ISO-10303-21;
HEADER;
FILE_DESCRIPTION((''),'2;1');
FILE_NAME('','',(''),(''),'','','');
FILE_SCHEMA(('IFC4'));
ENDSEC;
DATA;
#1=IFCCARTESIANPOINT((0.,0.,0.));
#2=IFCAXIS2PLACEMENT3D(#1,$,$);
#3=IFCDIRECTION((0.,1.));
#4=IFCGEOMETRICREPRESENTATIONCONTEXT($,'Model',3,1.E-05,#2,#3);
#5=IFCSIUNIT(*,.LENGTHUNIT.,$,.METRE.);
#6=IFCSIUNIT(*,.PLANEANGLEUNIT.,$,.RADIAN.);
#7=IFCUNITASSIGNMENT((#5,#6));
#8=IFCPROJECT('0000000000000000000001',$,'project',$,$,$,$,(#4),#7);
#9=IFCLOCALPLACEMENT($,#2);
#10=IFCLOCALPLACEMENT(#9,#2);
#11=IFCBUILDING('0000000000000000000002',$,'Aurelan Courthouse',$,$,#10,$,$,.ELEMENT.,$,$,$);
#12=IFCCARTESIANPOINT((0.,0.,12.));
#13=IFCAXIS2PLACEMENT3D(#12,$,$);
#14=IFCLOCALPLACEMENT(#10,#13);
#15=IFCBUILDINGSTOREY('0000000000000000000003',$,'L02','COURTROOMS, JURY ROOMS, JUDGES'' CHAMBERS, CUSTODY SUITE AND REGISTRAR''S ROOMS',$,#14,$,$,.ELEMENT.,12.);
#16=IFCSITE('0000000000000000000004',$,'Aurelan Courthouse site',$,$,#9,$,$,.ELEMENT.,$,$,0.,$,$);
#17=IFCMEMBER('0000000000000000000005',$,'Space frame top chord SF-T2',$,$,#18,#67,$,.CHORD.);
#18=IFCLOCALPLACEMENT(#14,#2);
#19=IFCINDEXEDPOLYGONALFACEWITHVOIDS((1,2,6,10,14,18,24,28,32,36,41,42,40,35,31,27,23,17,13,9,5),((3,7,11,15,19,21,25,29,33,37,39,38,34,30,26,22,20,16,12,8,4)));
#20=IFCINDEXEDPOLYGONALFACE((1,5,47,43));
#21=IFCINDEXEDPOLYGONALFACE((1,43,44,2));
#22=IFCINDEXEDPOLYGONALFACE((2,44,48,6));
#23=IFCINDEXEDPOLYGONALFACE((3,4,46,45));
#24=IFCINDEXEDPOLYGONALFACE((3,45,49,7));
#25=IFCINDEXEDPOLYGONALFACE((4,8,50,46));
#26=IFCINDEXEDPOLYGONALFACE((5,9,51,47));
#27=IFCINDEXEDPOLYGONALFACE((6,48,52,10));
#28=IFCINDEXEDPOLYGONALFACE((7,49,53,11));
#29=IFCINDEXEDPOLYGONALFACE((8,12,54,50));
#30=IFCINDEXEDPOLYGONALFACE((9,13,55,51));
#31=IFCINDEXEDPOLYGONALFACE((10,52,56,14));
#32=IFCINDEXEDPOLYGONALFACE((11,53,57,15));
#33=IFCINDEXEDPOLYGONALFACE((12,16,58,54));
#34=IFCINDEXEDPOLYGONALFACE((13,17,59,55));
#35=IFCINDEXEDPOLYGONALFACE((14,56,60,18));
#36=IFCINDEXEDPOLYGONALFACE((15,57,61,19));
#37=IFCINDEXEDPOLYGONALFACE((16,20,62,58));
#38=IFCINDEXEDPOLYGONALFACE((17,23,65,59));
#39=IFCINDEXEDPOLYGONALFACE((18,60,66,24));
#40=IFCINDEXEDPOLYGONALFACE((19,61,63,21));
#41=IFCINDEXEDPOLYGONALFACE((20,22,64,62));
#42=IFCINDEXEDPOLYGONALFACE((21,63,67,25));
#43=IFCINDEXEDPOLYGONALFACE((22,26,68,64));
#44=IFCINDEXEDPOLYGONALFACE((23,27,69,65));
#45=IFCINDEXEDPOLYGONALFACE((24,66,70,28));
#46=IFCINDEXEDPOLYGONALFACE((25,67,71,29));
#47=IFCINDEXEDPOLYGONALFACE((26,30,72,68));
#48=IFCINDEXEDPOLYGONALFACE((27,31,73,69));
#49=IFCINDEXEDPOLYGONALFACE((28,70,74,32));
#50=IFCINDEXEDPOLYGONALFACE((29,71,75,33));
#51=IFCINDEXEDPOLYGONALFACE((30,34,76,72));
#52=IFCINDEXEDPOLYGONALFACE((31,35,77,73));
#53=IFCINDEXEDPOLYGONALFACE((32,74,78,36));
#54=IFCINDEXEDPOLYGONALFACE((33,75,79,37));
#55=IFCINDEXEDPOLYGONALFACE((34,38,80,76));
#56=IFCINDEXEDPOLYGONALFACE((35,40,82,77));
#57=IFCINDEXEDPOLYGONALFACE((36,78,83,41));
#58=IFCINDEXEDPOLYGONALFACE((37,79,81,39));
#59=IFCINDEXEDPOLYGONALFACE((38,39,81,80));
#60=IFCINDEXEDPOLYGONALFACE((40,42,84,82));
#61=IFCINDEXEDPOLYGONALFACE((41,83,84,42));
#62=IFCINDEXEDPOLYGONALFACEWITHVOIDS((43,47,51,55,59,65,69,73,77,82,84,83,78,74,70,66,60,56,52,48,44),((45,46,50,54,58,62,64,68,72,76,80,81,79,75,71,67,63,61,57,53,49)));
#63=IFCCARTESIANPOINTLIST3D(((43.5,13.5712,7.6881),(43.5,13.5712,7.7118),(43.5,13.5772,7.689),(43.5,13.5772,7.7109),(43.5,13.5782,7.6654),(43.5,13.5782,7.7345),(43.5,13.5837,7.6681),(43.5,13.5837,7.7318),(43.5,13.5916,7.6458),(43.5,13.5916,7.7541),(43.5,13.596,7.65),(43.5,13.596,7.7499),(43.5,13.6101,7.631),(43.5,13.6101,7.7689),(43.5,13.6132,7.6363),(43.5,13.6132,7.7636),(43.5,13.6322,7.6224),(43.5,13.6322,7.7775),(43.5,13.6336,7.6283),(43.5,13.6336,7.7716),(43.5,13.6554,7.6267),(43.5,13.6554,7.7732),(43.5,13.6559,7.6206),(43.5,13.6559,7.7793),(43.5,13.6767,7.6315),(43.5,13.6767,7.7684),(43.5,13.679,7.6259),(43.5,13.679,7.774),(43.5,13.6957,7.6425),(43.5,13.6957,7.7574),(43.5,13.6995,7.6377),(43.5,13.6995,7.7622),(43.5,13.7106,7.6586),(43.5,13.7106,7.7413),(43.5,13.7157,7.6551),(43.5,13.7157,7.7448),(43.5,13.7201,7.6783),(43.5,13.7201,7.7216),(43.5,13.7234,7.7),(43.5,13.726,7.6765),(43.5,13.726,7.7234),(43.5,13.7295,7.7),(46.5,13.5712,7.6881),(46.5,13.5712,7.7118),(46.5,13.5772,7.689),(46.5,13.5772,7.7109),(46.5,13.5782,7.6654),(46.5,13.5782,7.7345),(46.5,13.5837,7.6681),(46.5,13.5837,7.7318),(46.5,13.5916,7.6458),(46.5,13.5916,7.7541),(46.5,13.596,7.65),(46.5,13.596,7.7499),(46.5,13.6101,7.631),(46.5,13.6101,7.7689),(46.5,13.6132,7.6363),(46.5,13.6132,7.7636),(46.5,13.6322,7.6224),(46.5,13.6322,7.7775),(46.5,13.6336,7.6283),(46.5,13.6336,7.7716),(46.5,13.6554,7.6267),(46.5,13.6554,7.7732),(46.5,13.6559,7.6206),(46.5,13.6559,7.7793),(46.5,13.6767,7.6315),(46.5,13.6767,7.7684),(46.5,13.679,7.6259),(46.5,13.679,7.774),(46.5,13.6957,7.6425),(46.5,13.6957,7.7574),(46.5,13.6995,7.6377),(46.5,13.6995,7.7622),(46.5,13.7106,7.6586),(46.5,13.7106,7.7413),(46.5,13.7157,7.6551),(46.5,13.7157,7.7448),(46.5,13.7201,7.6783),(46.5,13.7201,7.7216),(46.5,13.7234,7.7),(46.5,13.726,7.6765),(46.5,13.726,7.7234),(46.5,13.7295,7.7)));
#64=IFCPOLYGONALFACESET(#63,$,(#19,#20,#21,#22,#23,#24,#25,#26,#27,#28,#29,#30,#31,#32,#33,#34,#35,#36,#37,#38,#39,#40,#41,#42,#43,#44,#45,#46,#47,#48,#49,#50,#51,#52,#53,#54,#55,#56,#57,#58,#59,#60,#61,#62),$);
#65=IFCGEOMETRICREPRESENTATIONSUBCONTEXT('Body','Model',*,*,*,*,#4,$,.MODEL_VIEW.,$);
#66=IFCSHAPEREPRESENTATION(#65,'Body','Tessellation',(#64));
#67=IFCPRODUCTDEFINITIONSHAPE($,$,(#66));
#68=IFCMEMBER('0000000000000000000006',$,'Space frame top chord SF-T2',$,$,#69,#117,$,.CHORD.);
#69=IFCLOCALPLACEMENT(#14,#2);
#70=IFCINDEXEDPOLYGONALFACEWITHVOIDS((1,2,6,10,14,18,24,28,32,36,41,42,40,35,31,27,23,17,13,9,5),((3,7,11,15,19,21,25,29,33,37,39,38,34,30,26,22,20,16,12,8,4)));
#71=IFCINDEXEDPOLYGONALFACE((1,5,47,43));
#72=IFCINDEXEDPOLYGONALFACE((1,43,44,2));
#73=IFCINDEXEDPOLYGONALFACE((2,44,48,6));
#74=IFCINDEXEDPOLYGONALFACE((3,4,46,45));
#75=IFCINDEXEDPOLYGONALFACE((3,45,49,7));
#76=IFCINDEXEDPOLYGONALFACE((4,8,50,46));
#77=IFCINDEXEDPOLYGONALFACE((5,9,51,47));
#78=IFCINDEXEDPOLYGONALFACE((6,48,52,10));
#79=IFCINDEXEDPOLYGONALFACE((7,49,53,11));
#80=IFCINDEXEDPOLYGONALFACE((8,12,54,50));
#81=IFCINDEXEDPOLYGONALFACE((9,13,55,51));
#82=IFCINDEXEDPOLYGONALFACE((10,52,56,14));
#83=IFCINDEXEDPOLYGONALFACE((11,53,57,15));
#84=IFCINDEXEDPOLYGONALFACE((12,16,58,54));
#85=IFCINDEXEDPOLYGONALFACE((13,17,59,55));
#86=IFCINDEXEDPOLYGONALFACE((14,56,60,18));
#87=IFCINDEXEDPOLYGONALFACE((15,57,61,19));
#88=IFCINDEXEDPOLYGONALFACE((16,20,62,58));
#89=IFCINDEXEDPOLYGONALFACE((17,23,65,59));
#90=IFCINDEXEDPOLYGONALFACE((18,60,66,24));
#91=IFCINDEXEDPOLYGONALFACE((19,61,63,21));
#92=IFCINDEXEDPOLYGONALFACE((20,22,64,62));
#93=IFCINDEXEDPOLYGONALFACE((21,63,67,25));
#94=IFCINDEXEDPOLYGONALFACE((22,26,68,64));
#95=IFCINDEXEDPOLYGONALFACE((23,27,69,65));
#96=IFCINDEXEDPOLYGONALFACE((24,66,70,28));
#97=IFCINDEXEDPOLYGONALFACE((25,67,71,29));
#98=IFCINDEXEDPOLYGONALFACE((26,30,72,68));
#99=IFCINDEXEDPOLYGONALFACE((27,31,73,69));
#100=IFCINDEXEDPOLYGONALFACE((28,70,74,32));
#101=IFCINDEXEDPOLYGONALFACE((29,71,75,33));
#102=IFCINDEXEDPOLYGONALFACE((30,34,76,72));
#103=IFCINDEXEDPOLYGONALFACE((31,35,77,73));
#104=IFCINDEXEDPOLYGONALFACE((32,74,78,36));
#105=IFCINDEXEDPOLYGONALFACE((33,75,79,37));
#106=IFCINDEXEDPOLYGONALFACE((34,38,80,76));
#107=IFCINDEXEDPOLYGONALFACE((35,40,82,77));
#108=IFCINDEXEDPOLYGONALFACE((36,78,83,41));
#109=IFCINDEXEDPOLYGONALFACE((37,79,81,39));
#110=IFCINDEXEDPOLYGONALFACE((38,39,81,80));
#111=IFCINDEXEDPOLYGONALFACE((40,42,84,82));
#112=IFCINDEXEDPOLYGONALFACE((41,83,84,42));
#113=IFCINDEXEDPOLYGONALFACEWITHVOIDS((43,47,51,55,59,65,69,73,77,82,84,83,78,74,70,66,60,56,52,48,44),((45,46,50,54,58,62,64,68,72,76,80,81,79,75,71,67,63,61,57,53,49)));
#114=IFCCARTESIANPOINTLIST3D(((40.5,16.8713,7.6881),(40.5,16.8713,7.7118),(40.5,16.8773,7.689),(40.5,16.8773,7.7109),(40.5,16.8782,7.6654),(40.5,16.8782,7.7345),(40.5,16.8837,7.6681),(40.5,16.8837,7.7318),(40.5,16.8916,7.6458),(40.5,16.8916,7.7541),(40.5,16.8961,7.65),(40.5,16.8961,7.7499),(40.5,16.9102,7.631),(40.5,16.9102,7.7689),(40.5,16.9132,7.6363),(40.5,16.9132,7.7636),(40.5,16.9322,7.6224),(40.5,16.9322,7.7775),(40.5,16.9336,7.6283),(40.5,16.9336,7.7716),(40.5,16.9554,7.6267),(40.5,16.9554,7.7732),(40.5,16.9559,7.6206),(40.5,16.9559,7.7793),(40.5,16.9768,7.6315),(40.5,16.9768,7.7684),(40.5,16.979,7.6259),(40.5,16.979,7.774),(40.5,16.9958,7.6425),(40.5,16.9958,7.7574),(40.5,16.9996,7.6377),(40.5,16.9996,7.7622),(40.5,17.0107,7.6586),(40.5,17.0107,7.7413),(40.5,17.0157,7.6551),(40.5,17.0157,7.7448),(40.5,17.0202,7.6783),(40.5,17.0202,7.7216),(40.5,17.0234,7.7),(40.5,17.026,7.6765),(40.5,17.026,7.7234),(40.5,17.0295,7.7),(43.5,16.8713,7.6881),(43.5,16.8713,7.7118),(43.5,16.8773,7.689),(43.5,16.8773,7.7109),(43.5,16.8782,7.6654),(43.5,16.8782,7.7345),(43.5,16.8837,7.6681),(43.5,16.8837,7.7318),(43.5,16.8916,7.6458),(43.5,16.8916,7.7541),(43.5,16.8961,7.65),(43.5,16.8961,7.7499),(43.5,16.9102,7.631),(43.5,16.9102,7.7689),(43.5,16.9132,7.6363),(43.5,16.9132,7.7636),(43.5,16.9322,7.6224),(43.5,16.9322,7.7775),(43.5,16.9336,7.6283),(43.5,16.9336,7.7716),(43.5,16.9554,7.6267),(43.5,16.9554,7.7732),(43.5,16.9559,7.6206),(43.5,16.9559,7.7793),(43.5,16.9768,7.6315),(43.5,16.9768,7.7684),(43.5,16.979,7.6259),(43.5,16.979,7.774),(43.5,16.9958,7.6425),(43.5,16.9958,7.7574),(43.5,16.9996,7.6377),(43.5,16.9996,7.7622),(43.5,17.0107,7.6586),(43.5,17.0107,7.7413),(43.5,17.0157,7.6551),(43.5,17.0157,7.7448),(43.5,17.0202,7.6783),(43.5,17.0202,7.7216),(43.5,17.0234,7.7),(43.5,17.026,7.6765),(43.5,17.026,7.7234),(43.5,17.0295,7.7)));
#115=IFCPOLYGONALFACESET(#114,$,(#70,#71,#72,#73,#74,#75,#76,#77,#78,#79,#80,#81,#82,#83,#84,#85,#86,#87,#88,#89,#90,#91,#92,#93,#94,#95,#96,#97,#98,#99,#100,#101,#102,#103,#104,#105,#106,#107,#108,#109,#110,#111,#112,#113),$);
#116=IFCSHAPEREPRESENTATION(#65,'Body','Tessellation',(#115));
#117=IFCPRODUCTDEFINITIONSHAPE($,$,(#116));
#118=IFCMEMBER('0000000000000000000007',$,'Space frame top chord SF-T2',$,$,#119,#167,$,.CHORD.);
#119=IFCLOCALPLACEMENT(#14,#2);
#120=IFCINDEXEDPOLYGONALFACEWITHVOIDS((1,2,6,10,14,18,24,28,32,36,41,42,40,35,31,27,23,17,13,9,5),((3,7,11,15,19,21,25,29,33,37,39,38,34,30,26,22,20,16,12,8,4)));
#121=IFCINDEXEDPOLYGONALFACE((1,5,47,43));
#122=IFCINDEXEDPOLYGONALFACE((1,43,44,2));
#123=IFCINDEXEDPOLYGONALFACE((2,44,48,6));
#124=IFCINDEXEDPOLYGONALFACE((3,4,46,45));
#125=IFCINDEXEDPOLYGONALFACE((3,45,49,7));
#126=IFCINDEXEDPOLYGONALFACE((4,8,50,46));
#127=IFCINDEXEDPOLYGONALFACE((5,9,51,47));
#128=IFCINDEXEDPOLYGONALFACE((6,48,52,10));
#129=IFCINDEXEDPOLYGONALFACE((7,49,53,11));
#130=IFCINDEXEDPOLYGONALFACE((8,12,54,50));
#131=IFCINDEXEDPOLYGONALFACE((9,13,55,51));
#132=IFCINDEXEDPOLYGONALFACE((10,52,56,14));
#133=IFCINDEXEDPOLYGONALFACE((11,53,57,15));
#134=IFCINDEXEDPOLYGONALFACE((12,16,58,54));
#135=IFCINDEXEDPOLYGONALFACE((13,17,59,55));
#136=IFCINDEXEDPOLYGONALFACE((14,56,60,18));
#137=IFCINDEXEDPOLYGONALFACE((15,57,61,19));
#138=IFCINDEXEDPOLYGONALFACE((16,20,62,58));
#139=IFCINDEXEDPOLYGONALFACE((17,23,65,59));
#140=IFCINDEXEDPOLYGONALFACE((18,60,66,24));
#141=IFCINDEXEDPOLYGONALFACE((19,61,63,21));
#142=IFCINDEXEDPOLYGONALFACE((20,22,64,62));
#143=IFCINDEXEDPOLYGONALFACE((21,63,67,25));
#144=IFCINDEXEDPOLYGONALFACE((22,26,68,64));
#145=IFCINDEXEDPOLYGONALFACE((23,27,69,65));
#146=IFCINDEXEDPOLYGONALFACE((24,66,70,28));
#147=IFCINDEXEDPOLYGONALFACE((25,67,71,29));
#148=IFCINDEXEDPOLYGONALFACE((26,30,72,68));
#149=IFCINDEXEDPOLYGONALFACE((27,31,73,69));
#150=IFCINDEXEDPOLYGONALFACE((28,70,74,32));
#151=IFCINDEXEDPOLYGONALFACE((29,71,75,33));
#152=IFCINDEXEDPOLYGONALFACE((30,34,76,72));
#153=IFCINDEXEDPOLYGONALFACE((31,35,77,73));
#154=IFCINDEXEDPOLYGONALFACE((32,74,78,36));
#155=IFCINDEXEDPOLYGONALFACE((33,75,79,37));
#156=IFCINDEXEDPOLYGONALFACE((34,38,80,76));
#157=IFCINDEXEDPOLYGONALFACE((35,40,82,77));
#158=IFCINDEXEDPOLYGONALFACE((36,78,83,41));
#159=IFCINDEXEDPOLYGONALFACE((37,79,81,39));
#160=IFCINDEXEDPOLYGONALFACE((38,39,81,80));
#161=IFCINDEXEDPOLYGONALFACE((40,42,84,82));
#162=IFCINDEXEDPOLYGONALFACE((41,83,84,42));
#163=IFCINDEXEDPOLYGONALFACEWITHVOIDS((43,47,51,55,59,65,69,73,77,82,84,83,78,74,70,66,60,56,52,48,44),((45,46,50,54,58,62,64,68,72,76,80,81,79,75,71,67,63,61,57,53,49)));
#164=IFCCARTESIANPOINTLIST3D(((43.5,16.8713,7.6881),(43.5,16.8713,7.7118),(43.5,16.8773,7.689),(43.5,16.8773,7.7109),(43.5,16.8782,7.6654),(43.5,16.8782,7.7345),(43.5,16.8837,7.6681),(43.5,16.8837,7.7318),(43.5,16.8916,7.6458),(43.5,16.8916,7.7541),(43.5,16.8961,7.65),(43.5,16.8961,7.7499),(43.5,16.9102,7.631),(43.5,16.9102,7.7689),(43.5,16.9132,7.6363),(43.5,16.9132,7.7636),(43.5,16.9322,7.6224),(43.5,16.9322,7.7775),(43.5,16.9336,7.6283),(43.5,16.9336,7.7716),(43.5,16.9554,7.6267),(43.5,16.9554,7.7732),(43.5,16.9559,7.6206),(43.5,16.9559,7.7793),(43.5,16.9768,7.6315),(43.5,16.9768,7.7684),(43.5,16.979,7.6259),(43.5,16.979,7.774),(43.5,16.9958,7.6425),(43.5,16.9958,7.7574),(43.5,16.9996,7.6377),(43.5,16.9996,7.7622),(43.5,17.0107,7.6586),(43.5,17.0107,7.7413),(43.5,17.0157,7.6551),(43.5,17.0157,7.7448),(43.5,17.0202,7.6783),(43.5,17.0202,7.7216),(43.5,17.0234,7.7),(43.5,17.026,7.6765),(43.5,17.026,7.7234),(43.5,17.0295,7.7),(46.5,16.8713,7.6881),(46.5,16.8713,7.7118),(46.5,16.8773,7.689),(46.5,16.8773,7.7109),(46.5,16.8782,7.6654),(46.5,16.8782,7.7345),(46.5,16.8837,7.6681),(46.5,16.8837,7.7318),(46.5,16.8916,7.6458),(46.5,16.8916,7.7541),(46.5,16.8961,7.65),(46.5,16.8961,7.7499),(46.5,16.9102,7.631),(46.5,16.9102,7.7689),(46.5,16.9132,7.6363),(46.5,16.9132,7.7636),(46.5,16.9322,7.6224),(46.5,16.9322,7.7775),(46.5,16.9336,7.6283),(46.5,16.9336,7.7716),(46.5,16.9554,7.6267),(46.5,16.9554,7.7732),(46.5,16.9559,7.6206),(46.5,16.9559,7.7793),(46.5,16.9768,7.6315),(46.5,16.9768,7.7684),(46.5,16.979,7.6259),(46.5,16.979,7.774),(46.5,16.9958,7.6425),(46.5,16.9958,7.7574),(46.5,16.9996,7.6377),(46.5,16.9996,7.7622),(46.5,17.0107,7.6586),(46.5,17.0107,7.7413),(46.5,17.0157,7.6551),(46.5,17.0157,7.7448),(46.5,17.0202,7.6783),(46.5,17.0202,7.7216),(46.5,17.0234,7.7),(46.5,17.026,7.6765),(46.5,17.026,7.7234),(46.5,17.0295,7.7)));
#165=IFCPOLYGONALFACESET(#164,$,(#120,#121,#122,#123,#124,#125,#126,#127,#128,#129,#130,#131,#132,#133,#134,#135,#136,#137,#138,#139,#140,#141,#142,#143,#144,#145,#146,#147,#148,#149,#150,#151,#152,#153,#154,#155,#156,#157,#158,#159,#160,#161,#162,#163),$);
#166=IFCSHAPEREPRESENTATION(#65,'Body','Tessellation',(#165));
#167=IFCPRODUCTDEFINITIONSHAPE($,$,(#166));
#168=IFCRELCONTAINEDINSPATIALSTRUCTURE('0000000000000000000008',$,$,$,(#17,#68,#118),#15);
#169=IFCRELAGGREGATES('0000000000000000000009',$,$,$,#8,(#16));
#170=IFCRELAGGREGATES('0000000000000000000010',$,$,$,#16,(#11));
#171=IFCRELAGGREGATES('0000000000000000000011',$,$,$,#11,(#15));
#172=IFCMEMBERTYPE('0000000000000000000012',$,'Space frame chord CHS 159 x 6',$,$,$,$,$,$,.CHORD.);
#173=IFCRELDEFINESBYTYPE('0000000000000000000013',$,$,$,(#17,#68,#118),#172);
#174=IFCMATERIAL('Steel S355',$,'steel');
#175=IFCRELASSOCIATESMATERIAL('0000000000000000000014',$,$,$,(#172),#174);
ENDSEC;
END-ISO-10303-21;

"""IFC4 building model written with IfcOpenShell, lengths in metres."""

from ifc_helpers import new_model, si_unit, direction, frame, origin, origin_2d, place, context, subcontext, project, spatial, hollow_circle, extrude, material, material_profile, profile_set, type_object, element, save


model = new_model("IFC4")

# Units and contexts
model_context = context("Model", 3, precision=1e-05, world=origin(), true_north=direction((0.0, 1.0)))
body_context = subcontext(model_context, "Body", "Model", "MODEL_VIEW")
ifc_project = project(units=[si_unit("LENGTHUNIT", "METRE"), si_unit("PLANEANGLEUNIT", "RADIAN")], contexts=[model_context])

# Site, building, storey
site_placement = place(None, origin())
site = spatial("IfcSite", under=ifc_project, at=site_placement, Name="Aurelan Courthouse site", CompositionType="ELEMENT", RefElevation=0.0)
building_placement = place(site_placement, origin())
building = spatial("IfcBuilding", under=site, at=building_placement, Name="Aurelan Courthouse", CompositionType="ELEMENT")
storey_placement = place(building_placement, frame((0.0, 0.0, 12.0)))
storey = spatial("IfcBuildingStorey", under=building, at=storey_placement, Name="L02", Description="COURTROOMS, JURY ROOMS, JUDGES' CHAMBERS, CUSTODY SUITE AND REGISTRAR'S ROOMS", CompositionType="ELEMENT", Elevation=12.0)

# Members
ifc_material_1 = material(Name="Steel S355", Category="steel")
ifc_material_profile_1 = material_profile(ifc_material_1, hollow_circle(Radius=0.0796, WallThickness=0.0061, at=origin_2d()), Name="CHS 159 x 6")
ifc_profile_set_1 = profile_set([ifc_material_profile_1], Name="Steel S355")
member_type_1 = type_object("IfcMemberType", Name="Space frame chord CHS 159 x 6", PredefinedType="CHORD", material=ifc_profile_set_1)
for number, where, z_axis, x_axis, name in (
    (1, (43.5, 13.6499, 7.7), (1.0, 0.0, 0.0), (0.0, 1.0, 0.0), "Space frame top chord SF-T2"),
    (2, (40.5, 16.95, 7.7), (1.0, 0.0, 0.0), (0.0, 1.0, 0.0), "Space frame top chord SF-T2"),
    (3, (43.5, 16.95, 7.7), (1.0, 0.0, 0.0), (0.0, 1.0, 0.0), "Space frame top chord SF-T2"),
):
    element("IfcMember", number, at=place(storey_placement, frame(where, z_axis=z_axis, x_axis=x_axis)), inside=storey, type_object=member_type_1, Name=name, PredefinedType="CHORD", context=body_context, shape_type="SweptSolid", body=[
        extrude(hollow_circle(Radius=0.0796, WallThickness=0.0061, at=origin_2d()), origin(), (0.0, 0.0, 1.0), 3.0),
    ])

save(model, "model.ifc")
